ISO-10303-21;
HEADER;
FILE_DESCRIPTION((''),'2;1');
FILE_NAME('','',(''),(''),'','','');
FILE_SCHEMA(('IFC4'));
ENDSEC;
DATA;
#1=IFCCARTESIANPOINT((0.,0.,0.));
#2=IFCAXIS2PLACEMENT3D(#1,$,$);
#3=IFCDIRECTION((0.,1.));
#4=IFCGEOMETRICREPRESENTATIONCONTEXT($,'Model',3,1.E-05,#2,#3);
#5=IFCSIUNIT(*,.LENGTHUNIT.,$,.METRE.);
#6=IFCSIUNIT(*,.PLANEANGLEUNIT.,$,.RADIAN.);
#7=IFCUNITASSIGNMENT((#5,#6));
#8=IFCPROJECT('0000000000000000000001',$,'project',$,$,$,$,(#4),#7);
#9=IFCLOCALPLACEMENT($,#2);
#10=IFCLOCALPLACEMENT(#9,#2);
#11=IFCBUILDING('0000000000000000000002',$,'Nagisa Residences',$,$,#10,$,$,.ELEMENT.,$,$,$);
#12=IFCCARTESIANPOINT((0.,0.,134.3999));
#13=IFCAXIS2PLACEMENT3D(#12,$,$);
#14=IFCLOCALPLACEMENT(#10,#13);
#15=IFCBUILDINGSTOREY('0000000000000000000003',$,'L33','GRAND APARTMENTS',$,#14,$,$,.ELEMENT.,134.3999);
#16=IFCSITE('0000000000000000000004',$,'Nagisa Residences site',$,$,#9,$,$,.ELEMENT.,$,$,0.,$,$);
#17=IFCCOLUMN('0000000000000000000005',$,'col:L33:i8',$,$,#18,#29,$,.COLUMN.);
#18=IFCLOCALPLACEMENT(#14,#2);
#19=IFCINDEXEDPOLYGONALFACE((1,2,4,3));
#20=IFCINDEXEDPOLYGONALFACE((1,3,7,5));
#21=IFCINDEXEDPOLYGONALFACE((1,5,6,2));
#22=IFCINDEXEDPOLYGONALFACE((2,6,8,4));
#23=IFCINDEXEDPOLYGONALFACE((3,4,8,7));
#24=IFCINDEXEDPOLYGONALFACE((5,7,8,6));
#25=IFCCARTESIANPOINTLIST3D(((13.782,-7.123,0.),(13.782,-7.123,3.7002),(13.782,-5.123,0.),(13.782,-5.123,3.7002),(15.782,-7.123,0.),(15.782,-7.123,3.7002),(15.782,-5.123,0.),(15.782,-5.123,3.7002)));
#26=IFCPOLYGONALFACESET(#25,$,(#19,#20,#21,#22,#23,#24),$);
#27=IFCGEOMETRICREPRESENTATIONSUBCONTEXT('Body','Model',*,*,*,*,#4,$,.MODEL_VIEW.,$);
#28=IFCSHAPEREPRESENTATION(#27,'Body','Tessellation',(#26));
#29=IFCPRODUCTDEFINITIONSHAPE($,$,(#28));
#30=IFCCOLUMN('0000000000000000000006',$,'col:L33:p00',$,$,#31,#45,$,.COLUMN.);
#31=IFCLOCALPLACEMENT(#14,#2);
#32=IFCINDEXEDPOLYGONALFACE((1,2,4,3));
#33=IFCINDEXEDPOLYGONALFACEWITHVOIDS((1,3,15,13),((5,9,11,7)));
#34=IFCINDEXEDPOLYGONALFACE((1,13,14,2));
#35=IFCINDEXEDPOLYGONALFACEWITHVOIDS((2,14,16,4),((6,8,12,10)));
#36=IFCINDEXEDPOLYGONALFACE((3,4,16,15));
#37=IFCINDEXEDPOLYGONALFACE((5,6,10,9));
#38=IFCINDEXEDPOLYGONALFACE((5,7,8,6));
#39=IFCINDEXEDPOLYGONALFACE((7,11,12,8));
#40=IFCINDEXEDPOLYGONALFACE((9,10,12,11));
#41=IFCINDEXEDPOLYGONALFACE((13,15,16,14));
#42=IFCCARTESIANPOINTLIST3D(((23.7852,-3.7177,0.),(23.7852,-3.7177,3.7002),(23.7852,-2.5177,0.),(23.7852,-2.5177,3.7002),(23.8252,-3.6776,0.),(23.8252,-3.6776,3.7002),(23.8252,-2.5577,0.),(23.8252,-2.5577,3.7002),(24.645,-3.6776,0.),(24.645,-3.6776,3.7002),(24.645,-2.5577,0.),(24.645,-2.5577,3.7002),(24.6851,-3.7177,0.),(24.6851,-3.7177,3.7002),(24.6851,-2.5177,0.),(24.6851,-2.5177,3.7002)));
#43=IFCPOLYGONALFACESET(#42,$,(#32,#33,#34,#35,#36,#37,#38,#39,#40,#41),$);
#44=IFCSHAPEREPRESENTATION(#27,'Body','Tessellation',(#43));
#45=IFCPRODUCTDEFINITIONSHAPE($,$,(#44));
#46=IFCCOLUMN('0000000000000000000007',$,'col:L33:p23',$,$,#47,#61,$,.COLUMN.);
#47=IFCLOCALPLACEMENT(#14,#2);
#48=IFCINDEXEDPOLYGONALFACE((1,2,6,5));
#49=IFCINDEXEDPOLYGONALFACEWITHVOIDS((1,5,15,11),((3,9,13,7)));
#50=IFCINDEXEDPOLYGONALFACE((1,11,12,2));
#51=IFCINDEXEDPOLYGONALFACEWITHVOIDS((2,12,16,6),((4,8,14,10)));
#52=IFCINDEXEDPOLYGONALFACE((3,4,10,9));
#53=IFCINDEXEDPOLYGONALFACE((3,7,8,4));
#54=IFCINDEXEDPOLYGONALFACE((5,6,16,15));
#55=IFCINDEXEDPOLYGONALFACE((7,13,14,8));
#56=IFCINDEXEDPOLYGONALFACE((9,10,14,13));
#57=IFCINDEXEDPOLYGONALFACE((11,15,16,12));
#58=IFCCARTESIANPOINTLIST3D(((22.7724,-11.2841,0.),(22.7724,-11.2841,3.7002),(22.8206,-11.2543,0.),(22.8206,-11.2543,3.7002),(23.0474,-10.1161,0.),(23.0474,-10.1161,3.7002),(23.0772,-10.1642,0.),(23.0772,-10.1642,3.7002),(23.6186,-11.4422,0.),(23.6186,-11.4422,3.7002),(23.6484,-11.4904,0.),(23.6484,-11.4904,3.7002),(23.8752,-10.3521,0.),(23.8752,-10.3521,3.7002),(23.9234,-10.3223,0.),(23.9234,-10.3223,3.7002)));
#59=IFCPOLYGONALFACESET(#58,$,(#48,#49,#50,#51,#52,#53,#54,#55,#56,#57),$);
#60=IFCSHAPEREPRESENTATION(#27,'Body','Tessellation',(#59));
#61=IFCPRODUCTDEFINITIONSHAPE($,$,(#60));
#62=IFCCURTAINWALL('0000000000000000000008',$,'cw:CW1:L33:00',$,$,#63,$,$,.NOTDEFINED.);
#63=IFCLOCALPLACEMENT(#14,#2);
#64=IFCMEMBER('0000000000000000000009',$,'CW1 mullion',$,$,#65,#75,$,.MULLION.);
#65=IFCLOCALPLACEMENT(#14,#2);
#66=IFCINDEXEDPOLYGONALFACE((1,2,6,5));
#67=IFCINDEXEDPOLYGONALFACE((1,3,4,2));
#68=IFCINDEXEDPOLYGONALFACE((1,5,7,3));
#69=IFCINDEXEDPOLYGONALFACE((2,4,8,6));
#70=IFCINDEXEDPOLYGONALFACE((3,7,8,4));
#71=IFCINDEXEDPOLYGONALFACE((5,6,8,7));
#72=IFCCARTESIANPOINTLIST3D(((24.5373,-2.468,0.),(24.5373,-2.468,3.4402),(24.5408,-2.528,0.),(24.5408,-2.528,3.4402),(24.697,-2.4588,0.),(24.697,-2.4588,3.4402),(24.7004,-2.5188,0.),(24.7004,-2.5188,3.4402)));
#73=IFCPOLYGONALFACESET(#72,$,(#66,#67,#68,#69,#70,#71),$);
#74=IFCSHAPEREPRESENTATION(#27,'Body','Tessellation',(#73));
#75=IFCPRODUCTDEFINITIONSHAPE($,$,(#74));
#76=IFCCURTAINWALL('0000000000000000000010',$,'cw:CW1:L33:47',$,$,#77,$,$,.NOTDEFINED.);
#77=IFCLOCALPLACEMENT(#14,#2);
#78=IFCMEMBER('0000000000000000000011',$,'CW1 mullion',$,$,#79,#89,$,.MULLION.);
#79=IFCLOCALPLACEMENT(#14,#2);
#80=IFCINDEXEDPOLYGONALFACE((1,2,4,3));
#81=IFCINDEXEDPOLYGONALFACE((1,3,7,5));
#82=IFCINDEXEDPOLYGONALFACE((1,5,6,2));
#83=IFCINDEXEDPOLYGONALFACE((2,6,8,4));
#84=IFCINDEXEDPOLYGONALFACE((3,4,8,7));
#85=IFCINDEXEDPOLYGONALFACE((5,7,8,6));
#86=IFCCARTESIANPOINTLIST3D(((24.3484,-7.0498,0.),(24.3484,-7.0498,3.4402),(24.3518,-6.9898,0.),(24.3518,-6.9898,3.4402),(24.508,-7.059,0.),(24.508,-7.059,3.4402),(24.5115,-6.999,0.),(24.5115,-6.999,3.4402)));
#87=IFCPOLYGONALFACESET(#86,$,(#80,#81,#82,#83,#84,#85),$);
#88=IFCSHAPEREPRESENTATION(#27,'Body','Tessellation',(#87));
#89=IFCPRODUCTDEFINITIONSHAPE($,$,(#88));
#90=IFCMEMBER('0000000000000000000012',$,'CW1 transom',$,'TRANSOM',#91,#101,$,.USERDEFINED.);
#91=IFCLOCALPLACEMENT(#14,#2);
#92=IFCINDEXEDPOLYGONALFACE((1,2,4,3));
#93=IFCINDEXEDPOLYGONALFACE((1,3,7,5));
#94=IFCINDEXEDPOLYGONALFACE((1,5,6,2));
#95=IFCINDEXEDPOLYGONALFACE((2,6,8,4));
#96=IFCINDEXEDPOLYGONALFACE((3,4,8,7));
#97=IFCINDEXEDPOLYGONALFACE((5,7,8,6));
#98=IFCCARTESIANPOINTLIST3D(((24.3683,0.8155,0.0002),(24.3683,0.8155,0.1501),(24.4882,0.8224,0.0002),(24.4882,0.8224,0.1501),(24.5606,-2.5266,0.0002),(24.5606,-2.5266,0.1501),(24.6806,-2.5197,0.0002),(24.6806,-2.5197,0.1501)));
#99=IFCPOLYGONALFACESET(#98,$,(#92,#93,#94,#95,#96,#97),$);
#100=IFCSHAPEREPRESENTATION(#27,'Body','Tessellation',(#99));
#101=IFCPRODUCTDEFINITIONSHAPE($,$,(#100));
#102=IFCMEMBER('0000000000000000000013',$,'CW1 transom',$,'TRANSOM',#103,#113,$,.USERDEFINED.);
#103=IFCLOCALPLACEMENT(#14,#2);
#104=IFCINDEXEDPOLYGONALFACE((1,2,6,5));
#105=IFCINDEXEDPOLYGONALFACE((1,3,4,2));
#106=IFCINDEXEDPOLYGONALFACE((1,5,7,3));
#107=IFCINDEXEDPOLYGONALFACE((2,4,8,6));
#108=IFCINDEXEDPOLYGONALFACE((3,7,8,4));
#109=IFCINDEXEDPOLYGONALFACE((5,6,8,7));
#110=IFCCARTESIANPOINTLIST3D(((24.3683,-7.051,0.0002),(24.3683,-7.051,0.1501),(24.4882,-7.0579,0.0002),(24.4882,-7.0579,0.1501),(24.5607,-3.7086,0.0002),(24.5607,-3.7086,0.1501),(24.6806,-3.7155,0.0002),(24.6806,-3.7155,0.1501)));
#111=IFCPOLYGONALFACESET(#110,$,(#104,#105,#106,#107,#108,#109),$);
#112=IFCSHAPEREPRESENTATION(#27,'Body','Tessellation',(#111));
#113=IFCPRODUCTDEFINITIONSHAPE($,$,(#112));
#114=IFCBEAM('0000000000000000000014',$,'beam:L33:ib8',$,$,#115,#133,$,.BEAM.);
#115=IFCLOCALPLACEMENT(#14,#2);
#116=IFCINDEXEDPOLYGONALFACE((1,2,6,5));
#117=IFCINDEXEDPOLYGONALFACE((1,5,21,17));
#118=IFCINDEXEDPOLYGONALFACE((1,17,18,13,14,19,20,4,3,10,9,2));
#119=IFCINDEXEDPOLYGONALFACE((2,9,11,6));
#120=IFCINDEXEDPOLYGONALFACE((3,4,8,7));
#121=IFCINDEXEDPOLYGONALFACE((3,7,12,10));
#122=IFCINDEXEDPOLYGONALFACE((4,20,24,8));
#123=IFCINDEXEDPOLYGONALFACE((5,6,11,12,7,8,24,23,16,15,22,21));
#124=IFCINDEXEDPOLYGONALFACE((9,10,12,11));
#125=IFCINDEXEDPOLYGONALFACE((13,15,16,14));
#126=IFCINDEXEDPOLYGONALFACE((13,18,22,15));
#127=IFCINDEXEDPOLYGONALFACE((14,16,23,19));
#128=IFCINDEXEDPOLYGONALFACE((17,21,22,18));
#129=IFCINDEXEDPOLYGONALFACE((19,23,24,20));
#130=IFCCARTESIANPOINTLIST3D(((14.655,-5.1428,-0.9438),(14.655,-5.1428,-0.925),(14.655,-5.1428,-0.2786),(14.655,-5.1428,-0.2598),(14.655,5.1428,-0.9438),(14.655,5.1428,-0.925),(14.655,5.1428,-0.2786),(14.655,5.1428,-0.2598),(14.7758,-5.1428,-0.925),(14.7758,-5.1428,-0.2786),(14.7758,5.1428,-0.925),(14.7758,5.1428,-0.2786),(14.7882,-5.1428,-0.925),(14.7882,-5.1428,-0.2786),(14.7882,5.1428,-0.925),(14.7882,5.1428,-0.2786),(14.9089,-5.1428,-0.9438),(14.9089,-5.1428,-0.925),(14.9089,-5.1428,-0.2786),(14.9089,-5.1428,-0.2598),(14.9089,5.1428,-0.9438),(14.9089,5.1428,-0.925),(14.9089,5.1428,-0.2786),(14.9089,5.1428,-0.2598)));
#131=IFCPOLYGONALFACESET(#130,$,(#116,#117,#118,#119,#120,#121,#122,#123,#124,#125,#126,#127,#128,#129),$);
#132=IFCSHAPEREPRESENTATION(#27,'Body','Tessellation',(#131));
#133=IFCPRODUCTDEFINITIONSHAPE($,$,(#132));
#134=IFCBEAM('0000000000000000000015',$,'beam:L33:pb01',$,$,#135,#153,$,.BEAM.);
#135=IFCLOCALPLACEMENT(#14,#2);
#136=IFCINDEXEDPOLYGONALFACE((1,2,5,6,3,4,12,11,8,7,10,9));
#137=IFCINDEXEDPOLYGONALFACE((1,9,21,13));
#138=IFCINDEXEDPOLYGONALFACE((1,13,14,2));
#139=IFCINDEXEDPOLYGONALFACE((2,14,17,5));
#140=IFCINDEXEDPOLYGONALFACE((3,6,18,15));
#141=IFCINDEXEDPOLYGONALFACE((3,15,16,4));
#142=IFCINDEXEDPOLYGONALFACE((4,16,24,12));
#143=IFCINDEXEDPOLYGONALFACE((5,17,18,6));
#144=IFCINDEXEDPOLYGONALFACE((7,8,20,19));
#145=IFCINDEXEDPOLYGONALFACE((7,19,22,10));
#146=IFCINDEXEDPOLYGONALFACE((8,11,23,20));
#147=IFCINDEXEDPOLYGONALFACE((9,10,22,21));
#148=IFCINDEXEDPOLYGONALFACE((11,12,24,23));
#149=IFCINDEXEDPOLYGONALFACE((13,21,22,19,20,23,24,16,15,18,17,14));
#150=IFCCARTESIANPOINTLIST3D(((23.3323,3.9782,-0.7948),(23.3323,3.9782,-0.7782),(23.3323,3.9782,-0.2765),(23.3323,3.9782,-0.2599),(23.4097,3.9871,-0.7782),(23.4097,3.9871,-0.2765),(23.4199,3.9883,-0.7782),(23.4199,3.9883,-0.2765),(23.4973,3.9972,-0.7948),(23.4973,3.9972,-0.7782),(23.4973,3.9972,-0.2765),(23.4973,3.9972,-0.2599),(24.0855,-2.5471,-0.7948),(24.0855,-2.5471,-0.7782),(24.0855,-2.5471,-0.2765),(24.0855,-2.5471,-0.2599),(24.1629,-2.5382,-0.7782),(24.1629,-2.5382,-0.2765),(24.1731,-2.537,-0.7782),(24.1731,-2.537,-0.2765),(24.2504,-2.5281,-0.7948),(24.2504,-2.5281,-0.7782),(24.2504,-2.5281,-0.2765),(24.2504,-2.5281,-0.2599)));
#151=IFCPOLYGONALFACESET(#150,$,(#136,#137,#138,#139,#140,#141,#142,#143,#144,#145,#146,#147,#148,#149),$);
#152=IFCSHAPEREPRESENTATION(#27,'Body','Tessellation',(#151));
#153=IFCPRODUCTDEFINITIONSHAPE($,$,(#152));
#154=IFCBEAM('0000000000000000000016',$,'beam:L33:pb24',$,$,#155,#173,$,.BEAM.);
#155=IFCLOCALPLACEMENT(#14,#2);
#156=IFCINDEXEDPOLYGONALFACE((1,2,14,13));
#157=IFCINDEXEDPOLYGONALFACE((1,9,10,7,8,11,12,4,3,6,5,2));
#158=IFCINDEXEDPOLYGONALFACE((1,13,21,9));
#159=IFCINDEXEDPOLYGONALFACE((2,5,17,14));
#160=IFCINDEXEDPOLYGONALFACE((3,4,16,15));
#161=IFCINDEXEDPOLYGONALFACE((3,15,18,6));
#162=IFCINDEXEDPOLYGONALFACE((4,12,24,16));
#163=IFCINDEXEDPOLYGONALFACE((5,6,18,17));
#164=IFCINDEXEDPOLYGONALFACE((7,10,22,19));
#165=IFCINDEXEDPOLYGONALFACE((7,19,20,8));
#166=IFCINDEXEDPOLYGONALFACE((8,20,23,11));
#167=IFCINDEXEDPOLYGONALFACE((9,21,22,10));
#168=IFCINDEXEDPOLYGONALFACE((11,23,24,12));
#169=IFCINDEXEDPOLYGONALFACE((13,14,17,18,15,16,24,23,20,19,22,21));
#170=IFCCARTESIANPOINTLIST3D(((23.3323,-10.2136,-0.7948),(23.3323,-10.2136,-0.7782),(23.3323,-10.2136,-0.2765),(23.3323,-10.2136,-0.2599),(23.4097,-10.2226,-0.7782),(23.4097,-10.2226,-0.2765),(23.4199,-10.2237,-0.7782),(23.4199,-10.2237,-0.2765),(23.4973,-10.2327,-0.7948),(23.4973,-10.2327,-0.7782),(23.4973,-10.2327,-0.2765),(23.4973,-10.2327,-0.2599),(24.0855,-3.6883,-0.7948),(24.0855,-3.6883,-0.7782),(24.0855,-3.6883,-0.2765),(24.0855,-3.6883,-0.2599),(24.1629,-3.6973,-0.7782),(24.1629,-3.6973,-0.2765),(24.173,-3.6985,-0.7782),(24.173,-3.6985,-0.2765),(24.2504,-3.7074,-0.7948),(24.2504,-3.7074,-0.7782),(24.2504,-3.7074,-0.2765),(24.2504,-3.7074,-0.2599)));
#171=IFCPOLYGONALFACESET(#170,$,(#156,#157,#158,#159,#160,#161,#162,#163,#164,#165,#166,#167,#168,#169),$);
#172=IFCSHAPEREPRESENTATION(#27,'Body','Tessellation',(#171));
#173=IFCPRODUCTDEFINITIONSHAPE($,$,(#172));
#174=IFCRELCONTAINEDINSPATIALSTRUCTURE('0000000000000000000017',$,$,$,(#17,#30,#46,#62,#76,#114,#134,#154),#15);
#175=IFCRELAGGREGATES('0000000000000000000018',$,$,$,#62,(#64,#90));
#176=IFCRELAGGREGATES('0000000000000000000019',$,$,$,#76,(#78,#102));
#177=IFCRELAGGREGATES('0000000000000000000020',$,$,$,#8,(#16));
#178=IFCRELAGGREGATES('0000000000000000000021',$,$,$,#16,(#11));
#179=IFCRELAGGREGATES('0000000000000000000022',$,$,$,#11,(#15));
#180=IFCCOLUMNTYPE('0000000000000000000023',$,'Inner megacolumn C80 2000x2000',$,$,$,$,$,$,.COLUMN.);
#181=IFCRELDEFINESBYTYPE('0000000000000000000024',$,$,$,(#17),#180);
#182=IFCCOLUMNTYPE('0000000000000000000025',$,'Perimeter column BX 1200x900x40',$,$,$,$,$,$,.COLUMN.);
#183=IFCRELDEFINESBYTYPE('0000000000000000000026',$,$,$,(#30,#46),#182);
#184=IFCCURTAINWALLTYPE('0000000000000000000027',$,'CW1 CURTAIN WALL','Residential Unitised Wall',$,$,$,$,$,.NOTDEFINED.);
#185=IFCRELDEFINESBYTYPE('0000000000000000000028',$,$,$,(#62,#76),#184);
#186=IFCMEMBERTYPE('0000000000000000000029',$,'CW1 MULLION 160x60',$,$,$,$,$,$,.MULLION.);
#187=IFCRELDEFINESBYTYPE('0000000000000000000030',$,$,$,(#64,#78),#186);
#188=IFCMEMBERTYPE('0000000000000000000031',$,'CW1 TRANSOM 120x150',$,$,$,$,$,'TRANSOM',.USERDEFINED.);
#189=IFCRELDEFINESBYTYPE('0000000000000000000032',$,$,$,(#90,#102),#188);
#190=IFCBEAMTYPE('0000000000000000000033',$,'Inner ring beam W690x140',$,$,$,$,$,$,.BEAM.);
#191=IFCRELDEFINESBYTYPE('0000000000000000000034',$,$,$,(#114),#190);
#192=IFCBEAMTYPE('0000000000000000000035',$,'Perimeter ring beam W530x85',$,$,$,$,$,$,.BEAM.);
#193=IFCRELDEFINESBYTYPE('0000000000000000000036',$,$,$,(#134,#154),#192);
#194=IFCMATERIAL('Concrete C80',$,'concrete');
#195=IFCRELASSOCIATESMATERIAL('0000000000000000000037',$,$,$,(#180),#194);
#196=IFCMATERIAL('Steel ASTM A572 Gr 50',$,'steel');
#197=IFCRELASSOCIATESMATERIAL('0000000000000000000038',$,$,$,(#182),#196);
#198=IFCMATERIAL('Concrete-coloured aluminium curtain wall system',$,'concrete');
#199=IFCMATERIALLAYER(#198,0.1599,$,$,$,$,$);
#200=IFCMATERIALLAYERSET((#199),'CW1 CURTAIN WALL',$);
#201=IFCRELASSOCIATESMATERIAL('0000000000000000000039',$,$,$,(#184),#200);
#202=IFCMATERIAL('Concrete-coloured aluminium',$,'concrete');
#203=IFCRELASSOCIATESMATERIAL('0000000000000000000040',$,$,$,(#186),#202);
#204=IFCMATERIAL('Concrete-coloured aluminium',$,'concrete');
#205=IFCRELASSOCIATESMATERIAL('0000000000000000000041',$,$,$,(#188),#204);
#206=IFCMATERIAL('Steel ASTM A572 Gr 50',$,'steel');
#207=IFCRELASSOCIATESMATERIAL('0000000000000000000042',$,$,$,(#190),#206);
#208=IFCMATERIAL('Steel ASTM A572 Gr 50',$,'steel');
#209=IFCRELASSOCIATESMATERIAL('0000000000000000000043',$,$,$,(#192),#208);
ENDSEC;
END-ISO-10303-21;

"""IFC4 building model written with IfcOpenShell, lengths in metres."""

from ifc_helpers import new_model, si_unit, direction, frame, origin, origin_2d, place, context, subcontext, project, spatial, rectangle, hollow_rectangle, i_section, extrude, material, layer, layer_set, material_profile, profile_set, type_object, element, aggregate, save


model = new_model("IFC4")

# Units and contexts
model_context = context("Model", 3, precision=1e-05, world=origin(), true_north=direction((0.0, 1.0)))
body_context = subcontext(model_context, "Body", "Model", "MODEL_VIEW")
ifc_project = project(units=[si_unit("LENGTHUNIT", "METRE"), si_unit("PLANEANGLEUNIT", "RADIAN")], contexts=[model_context])

# Site, building, storey
site_placement = place(None, origin())
site = spatial("IfcSite", under=ifc_project, at=site_placement, Name="Nagisa Residences site", CompositionType="ELEMENT", RefElevation=0.0)
building_placement = place(site_placement, origin())
building = spatial("IfcBuilding", under=site, at=building_placement, Name="Nagisa Residences", CompositionType="ELEMENT")
storey_placement = place(building_placement, frame((0.0, 0.0, 134.3999)))
storey = spatial("IfcBuildingStorey", under=building, at=storey_placement, Name="L33", Description="GRAND APARTMENTS", CompositionType="ELEMENT", Elevation=134.3999)

# Columns
ifc_material_1 = material(Name="Concrete C80", Category="concrete")
ifc_material_profile_1 = material_profile(ifc_material_1, rectangle(XDim=2.0, YDim=2.0, at=origin_2d()), Name="C80 2000x2000")
ifc_profile_set_1 = profile_set([ifc_material_profile_1], Name="Concrete C80")
column_type_1 = type_object("IfcColumnType", Name="Inner megacolumn C80 2000x2000", PredefinedType="COLUMN", material=ifc_profile_set_1)
column_placement = place(storey_placement, frame((14.782, -6.123, 0.0), z_axis=(0.0, 0.0, 1.0), x_axis=(1.0, 0.0, 0.0)))
element("IfcColumn", 1, at=column_placement, inside=storey, type_object=column_type_1, Name="col:L33:i8", PredefinedType="COLUMN", context=body_context, shape_type="SweptSolid", body=[
    extrude(rectangle(XDim=2.0, YDim=2.0, at=origin_2d()), origin(), (0.0, 0.0, 1.0), 3.7002),
])
ifc_material_2 = material(Name="Steel ASTM A572 Gr 50", Category="steel")
ifc_material_profile_2 = material_profile(ifc_material_2, hollow_rectangle(XDim=1.2, YDim=0.8999, WallThickness=0.04, at=origin_2d()), Name="BX 1200x900x40")
ifc_profile_set_2 = profile_set([ifc_material_profile_2], Name="Steel ASTM A572 Gr 50")
column_type_2 = type_object("IfcColumnType", Name="Perimeter column BX 1200x900x40", PredefinedType="COLUMN", material=ifc_profile_set_2)
for number, where, z_axis, x_axis, name in (
    (2, (24.2351, -3.1177, 0.0), (0.0, 0.0, 1.0), (0.0, 1.0, 0.0), "col:L33:p00"),
    (3, (23.3479, -10.8032, 0.0), (0.0, 0.0, 1.0), (0.229202, 0.973379, 0.0), "col:L33:p23"),
):
    element("IfcColumn", number, at=place(storey_placement, frame(where, z_axis=z_axis, x_axis=x_axis)), inside=storey, type_object=column_type_2, Name=name, PredefinedType="COLUMN", context=body_context, shape_type="SweptSolid", body=[
        extrude(hollow_rectangle(XDim=1.2, YDim=0.8999, WallThickness=0.04, at=origin_2d()), origin(), (0.0, 0.0, 1.0), 3.7002),
    ])

# Curtain walls, members
ifc_material_3 = material(Name="Concrete-coloured aluminium curtain wall system", Category="concrete")
ifc_layer_1 = layer(ifc_material_3, 0.1599)
ifc_layer_set_1 = layer_set([ifc_layer_1], Name="CW1 CURTAIN WALL")
curtain_wall_type = type_object("IfcCurtainWallType", Name="CW1 CURTAIN WALL", Description="Residential Unitised Wall", PredefinedType="NOTDEFINED", material=ifc_layer_set_1)
curtain_wall_1_placement = place(storey_placement, origin())
curtain_wall_1 = element("IfcCurtainWall", 4, at=curtain_wall_1_placement, inside=storey, type_object=curtain_wall_type, Name="cw:CW1:L33:00", PredefinedType="NOTDEFINED")
ifc_material_4 = material(Name="Concrete-coloured aluminium", Category="concrete")
ifc_material_profile_3 = material_profile(ifc_material_4, rectangle(XDim=0.1599, YDim=0.0601, at=origin_2d()), Name="CW1 MULLION 160x60")
ifc_profile_set_3 = profile_set([ifc_material_profile_3], Name="Concrete-coloured aluminium")
member_type_1 = type_object("IfcMemberType", Name="CW1 MULLION 160x60", PredefinedType="MULLION", material=ifc_profile_set_3)
member_1_placement = place(storey_placement, frame((24.6189, -2.4934, 0.0), z_axis=(0.0, 0.0, 1.0), x_axis=(-0.998345, -0.057503, 0.0)))
member_1 = element("IfcMember", 5, at=member_1_placement, type_object=member_type_1, Name="CW1 mullion", PredefinedType="MULLION", context=body_context, shape_type="SweptSolid", body=[
    extrude(rectangle(XDim=0.1599, YDim=0.0601, at=origin_2d()), origin(), (0.0, 0.0, 1.0), 3.4402),
])
curtain_wall_2_placement = place(storey_placement, origin())
curtain_wall_2 = element("IfcCurtainWall", 6, at=curtain_wall_2_placement, inside=storey, type_object=curtain_wall_type, Name="cw:CW1:L33:47", PredefinedType="NOTDEFINED")
member_2_placement = place(storey_placement, frame((24.4299, -7.0244, 0.0), z_axis=(0.0, 0.0, 1.0), x_axis=(-0.998345, 0.057503, 0.0)))
member_2 = element("IfcMember", 7, at=member_2_placement, type_object=member_type_1, Name="CW1 mullion", PredefinedType="MULLION", context=body_context, shape_type="SweptSolid", body=[
    extrude(rectangle(XDim=0.1599, YDim=0.0601, at=origin_2d()), origin(), (0.0, 0.0, 1.0), 3.4402),
])

# Members
ifc_material_5 = material(Name="Concrete-coloured aluminium", Category="concrete")
ifc_material_profile_4 = material_profile(ifc_material_5, rectangle(XDim=0.1201, YDim=0.1499, at=origin_2d()), Name="CW1 TRANSOM 120x150")
ifc_profile_set_4 = profile_set([ifc_material_profile_4], Name="Concrete-coloured aluminium")
member_type_2 = type_object("IfcMemberType", Name="CW1 TRANSOM 120x150", ElementType="TRANSOM", PredefinedType="USERDEFINED", material=ifc_profile_set_4)
member_3_placement = place(storey_placement, frame((24.6206, -2.5232, 0.0752), z_axis=(-0.057469, 0.998347, 0.0), x_axis=(-0.998347, -0.057469, 0.0)))
member_3 = element("IfcMember", 8, at=member_3_placement, type_object=member_type_2, Name="CW1 transom", ObjectType="TRANSOM", PredefinedType="USERDEFINED", context=body_context, shape_type="SweptSolid", body=[
    extrude(rectangle(XDim=0.1201, YDim=0.1499, at=origin_2d()), origin(), (0.0, 0.0, 1.0), 3.3477),
])
member_4_placement = place(storey_placement, frame((24.4282, -7.0544, 0.0752), z_axis=(0.057465, 0.998348, 0.0), x_axis=(-0.998348, 0.057465, 0.0)))
member_4 = element("IfcMember", 9, at=member_4_placement, type_object=member_type_2, Name="CW1 transom", ObjectType="TRANSOM", PredefinedType="USERDEFINED", context=body_context, shape_type="SweptSolid", body=[
    extrude(rectangle(XDim=0.1201, YDim=0.1499, at=origin_2d()), origin(), (0.0, 0.0, 1.0), 3.3479),
])

# Beams
ifc_material_6 = material(Name="Steel ASTM A572 Gr 50", Category="steel")
ifc_material_profile_5 = material_profile(ifc_material_6, i_section(OverallWidth=0.2539, OverallDepth=0.6841, WebThickness=0.0125, FlangeThickness=0.0188, at=origin_2d()), Name="W690x140")
ifc_profile_set_5 = profile_set([ifc_material_profile_5], Name="Steel ASTM A572 Gr 50")
beam_type_1 = type_object("IfcBeamType", Name="Inner ring beam W690x140", PredefinedType="BEAM", material=ifc_profile_set_5)
beam_1_placement = place(storey_placement, frame((14.782, -5.1428, -0.6018), z_axis=(0.0, 1.0, 0.0), x_axis=(-1.0, 0.0, 0.0)))
element("IfcBeam", 10, at=beam_1_placement, inside=storey, type_object=beam_type_1, Name="beam:L33:ib8", PredefinedType="BEAM", context=body_context, shape_type="SweptSolid", body=[
    extrude(i_section(OverallWidth=0.2539, OverallDepth=0.6841, WebThickness=0.0125, FlangeThickness=0.0188, at=origin_2d()), origin(), (0.0, 0.0, 1.0), 10.2856),
])
ifc_material_7 = material(Name="Steel ASTM A572 Gr 50", Category="steel")
ifc_material_profile_6 = material_profile(ifc_material_7, i_section(OverallWidth=0.166, OverallDepth=0.5349, WebThickness=0.0103, FlangeThickness=0.0166, at=origin_2d()), Name="W530x85")
ifc_profile_set_6 = profile_set([ifc_material_profile_6], Name="Steel ASTM A572 Gr 50")
beam_type_2 = type_object("IfcBeamType", Name="Perimeter ring beam W530x85", PredefinedType="BEAM", material=ifc_profile_set_6)
for number, where, z_axis, x_axis, name in (
    (11, (24.168, -2.5376, -0.5273), (-0.114661, 0.993405, 0.0), (-0.993405, -0.114661, 0.0), "beam:L33:pb01"),
    (12, (23.4148, -10.2231, -0.5273), (0.114661, 0.993405, 0.0), (-0.993405, 0.114661, 0.0), "beam:L33:pb24"),
):
    element("IfcBeam", number, at=place(storey_placement, frame(where, z_axis=z_axis, x_axis=x_axis)), inside=storey, type_object=beam_type_2, Name=name, PredefinedType="BEAM", context=body_context, shape_type="SweptSolid", body=[
        extrude(i_section(OverallWidth=0.166, OverallDepth=0.5349, WebThickness=0.0103, FlangeThickness=0.0166, at=origin_2d()), origin(), (0.0, 0.0, 1.0), 6.5686),
    ])

aggregate(curtain_wall_1, [member_1, member_3])

aggregate(curtain_wall_2, [member_2, member_4])

save(model, "model.ifc")
